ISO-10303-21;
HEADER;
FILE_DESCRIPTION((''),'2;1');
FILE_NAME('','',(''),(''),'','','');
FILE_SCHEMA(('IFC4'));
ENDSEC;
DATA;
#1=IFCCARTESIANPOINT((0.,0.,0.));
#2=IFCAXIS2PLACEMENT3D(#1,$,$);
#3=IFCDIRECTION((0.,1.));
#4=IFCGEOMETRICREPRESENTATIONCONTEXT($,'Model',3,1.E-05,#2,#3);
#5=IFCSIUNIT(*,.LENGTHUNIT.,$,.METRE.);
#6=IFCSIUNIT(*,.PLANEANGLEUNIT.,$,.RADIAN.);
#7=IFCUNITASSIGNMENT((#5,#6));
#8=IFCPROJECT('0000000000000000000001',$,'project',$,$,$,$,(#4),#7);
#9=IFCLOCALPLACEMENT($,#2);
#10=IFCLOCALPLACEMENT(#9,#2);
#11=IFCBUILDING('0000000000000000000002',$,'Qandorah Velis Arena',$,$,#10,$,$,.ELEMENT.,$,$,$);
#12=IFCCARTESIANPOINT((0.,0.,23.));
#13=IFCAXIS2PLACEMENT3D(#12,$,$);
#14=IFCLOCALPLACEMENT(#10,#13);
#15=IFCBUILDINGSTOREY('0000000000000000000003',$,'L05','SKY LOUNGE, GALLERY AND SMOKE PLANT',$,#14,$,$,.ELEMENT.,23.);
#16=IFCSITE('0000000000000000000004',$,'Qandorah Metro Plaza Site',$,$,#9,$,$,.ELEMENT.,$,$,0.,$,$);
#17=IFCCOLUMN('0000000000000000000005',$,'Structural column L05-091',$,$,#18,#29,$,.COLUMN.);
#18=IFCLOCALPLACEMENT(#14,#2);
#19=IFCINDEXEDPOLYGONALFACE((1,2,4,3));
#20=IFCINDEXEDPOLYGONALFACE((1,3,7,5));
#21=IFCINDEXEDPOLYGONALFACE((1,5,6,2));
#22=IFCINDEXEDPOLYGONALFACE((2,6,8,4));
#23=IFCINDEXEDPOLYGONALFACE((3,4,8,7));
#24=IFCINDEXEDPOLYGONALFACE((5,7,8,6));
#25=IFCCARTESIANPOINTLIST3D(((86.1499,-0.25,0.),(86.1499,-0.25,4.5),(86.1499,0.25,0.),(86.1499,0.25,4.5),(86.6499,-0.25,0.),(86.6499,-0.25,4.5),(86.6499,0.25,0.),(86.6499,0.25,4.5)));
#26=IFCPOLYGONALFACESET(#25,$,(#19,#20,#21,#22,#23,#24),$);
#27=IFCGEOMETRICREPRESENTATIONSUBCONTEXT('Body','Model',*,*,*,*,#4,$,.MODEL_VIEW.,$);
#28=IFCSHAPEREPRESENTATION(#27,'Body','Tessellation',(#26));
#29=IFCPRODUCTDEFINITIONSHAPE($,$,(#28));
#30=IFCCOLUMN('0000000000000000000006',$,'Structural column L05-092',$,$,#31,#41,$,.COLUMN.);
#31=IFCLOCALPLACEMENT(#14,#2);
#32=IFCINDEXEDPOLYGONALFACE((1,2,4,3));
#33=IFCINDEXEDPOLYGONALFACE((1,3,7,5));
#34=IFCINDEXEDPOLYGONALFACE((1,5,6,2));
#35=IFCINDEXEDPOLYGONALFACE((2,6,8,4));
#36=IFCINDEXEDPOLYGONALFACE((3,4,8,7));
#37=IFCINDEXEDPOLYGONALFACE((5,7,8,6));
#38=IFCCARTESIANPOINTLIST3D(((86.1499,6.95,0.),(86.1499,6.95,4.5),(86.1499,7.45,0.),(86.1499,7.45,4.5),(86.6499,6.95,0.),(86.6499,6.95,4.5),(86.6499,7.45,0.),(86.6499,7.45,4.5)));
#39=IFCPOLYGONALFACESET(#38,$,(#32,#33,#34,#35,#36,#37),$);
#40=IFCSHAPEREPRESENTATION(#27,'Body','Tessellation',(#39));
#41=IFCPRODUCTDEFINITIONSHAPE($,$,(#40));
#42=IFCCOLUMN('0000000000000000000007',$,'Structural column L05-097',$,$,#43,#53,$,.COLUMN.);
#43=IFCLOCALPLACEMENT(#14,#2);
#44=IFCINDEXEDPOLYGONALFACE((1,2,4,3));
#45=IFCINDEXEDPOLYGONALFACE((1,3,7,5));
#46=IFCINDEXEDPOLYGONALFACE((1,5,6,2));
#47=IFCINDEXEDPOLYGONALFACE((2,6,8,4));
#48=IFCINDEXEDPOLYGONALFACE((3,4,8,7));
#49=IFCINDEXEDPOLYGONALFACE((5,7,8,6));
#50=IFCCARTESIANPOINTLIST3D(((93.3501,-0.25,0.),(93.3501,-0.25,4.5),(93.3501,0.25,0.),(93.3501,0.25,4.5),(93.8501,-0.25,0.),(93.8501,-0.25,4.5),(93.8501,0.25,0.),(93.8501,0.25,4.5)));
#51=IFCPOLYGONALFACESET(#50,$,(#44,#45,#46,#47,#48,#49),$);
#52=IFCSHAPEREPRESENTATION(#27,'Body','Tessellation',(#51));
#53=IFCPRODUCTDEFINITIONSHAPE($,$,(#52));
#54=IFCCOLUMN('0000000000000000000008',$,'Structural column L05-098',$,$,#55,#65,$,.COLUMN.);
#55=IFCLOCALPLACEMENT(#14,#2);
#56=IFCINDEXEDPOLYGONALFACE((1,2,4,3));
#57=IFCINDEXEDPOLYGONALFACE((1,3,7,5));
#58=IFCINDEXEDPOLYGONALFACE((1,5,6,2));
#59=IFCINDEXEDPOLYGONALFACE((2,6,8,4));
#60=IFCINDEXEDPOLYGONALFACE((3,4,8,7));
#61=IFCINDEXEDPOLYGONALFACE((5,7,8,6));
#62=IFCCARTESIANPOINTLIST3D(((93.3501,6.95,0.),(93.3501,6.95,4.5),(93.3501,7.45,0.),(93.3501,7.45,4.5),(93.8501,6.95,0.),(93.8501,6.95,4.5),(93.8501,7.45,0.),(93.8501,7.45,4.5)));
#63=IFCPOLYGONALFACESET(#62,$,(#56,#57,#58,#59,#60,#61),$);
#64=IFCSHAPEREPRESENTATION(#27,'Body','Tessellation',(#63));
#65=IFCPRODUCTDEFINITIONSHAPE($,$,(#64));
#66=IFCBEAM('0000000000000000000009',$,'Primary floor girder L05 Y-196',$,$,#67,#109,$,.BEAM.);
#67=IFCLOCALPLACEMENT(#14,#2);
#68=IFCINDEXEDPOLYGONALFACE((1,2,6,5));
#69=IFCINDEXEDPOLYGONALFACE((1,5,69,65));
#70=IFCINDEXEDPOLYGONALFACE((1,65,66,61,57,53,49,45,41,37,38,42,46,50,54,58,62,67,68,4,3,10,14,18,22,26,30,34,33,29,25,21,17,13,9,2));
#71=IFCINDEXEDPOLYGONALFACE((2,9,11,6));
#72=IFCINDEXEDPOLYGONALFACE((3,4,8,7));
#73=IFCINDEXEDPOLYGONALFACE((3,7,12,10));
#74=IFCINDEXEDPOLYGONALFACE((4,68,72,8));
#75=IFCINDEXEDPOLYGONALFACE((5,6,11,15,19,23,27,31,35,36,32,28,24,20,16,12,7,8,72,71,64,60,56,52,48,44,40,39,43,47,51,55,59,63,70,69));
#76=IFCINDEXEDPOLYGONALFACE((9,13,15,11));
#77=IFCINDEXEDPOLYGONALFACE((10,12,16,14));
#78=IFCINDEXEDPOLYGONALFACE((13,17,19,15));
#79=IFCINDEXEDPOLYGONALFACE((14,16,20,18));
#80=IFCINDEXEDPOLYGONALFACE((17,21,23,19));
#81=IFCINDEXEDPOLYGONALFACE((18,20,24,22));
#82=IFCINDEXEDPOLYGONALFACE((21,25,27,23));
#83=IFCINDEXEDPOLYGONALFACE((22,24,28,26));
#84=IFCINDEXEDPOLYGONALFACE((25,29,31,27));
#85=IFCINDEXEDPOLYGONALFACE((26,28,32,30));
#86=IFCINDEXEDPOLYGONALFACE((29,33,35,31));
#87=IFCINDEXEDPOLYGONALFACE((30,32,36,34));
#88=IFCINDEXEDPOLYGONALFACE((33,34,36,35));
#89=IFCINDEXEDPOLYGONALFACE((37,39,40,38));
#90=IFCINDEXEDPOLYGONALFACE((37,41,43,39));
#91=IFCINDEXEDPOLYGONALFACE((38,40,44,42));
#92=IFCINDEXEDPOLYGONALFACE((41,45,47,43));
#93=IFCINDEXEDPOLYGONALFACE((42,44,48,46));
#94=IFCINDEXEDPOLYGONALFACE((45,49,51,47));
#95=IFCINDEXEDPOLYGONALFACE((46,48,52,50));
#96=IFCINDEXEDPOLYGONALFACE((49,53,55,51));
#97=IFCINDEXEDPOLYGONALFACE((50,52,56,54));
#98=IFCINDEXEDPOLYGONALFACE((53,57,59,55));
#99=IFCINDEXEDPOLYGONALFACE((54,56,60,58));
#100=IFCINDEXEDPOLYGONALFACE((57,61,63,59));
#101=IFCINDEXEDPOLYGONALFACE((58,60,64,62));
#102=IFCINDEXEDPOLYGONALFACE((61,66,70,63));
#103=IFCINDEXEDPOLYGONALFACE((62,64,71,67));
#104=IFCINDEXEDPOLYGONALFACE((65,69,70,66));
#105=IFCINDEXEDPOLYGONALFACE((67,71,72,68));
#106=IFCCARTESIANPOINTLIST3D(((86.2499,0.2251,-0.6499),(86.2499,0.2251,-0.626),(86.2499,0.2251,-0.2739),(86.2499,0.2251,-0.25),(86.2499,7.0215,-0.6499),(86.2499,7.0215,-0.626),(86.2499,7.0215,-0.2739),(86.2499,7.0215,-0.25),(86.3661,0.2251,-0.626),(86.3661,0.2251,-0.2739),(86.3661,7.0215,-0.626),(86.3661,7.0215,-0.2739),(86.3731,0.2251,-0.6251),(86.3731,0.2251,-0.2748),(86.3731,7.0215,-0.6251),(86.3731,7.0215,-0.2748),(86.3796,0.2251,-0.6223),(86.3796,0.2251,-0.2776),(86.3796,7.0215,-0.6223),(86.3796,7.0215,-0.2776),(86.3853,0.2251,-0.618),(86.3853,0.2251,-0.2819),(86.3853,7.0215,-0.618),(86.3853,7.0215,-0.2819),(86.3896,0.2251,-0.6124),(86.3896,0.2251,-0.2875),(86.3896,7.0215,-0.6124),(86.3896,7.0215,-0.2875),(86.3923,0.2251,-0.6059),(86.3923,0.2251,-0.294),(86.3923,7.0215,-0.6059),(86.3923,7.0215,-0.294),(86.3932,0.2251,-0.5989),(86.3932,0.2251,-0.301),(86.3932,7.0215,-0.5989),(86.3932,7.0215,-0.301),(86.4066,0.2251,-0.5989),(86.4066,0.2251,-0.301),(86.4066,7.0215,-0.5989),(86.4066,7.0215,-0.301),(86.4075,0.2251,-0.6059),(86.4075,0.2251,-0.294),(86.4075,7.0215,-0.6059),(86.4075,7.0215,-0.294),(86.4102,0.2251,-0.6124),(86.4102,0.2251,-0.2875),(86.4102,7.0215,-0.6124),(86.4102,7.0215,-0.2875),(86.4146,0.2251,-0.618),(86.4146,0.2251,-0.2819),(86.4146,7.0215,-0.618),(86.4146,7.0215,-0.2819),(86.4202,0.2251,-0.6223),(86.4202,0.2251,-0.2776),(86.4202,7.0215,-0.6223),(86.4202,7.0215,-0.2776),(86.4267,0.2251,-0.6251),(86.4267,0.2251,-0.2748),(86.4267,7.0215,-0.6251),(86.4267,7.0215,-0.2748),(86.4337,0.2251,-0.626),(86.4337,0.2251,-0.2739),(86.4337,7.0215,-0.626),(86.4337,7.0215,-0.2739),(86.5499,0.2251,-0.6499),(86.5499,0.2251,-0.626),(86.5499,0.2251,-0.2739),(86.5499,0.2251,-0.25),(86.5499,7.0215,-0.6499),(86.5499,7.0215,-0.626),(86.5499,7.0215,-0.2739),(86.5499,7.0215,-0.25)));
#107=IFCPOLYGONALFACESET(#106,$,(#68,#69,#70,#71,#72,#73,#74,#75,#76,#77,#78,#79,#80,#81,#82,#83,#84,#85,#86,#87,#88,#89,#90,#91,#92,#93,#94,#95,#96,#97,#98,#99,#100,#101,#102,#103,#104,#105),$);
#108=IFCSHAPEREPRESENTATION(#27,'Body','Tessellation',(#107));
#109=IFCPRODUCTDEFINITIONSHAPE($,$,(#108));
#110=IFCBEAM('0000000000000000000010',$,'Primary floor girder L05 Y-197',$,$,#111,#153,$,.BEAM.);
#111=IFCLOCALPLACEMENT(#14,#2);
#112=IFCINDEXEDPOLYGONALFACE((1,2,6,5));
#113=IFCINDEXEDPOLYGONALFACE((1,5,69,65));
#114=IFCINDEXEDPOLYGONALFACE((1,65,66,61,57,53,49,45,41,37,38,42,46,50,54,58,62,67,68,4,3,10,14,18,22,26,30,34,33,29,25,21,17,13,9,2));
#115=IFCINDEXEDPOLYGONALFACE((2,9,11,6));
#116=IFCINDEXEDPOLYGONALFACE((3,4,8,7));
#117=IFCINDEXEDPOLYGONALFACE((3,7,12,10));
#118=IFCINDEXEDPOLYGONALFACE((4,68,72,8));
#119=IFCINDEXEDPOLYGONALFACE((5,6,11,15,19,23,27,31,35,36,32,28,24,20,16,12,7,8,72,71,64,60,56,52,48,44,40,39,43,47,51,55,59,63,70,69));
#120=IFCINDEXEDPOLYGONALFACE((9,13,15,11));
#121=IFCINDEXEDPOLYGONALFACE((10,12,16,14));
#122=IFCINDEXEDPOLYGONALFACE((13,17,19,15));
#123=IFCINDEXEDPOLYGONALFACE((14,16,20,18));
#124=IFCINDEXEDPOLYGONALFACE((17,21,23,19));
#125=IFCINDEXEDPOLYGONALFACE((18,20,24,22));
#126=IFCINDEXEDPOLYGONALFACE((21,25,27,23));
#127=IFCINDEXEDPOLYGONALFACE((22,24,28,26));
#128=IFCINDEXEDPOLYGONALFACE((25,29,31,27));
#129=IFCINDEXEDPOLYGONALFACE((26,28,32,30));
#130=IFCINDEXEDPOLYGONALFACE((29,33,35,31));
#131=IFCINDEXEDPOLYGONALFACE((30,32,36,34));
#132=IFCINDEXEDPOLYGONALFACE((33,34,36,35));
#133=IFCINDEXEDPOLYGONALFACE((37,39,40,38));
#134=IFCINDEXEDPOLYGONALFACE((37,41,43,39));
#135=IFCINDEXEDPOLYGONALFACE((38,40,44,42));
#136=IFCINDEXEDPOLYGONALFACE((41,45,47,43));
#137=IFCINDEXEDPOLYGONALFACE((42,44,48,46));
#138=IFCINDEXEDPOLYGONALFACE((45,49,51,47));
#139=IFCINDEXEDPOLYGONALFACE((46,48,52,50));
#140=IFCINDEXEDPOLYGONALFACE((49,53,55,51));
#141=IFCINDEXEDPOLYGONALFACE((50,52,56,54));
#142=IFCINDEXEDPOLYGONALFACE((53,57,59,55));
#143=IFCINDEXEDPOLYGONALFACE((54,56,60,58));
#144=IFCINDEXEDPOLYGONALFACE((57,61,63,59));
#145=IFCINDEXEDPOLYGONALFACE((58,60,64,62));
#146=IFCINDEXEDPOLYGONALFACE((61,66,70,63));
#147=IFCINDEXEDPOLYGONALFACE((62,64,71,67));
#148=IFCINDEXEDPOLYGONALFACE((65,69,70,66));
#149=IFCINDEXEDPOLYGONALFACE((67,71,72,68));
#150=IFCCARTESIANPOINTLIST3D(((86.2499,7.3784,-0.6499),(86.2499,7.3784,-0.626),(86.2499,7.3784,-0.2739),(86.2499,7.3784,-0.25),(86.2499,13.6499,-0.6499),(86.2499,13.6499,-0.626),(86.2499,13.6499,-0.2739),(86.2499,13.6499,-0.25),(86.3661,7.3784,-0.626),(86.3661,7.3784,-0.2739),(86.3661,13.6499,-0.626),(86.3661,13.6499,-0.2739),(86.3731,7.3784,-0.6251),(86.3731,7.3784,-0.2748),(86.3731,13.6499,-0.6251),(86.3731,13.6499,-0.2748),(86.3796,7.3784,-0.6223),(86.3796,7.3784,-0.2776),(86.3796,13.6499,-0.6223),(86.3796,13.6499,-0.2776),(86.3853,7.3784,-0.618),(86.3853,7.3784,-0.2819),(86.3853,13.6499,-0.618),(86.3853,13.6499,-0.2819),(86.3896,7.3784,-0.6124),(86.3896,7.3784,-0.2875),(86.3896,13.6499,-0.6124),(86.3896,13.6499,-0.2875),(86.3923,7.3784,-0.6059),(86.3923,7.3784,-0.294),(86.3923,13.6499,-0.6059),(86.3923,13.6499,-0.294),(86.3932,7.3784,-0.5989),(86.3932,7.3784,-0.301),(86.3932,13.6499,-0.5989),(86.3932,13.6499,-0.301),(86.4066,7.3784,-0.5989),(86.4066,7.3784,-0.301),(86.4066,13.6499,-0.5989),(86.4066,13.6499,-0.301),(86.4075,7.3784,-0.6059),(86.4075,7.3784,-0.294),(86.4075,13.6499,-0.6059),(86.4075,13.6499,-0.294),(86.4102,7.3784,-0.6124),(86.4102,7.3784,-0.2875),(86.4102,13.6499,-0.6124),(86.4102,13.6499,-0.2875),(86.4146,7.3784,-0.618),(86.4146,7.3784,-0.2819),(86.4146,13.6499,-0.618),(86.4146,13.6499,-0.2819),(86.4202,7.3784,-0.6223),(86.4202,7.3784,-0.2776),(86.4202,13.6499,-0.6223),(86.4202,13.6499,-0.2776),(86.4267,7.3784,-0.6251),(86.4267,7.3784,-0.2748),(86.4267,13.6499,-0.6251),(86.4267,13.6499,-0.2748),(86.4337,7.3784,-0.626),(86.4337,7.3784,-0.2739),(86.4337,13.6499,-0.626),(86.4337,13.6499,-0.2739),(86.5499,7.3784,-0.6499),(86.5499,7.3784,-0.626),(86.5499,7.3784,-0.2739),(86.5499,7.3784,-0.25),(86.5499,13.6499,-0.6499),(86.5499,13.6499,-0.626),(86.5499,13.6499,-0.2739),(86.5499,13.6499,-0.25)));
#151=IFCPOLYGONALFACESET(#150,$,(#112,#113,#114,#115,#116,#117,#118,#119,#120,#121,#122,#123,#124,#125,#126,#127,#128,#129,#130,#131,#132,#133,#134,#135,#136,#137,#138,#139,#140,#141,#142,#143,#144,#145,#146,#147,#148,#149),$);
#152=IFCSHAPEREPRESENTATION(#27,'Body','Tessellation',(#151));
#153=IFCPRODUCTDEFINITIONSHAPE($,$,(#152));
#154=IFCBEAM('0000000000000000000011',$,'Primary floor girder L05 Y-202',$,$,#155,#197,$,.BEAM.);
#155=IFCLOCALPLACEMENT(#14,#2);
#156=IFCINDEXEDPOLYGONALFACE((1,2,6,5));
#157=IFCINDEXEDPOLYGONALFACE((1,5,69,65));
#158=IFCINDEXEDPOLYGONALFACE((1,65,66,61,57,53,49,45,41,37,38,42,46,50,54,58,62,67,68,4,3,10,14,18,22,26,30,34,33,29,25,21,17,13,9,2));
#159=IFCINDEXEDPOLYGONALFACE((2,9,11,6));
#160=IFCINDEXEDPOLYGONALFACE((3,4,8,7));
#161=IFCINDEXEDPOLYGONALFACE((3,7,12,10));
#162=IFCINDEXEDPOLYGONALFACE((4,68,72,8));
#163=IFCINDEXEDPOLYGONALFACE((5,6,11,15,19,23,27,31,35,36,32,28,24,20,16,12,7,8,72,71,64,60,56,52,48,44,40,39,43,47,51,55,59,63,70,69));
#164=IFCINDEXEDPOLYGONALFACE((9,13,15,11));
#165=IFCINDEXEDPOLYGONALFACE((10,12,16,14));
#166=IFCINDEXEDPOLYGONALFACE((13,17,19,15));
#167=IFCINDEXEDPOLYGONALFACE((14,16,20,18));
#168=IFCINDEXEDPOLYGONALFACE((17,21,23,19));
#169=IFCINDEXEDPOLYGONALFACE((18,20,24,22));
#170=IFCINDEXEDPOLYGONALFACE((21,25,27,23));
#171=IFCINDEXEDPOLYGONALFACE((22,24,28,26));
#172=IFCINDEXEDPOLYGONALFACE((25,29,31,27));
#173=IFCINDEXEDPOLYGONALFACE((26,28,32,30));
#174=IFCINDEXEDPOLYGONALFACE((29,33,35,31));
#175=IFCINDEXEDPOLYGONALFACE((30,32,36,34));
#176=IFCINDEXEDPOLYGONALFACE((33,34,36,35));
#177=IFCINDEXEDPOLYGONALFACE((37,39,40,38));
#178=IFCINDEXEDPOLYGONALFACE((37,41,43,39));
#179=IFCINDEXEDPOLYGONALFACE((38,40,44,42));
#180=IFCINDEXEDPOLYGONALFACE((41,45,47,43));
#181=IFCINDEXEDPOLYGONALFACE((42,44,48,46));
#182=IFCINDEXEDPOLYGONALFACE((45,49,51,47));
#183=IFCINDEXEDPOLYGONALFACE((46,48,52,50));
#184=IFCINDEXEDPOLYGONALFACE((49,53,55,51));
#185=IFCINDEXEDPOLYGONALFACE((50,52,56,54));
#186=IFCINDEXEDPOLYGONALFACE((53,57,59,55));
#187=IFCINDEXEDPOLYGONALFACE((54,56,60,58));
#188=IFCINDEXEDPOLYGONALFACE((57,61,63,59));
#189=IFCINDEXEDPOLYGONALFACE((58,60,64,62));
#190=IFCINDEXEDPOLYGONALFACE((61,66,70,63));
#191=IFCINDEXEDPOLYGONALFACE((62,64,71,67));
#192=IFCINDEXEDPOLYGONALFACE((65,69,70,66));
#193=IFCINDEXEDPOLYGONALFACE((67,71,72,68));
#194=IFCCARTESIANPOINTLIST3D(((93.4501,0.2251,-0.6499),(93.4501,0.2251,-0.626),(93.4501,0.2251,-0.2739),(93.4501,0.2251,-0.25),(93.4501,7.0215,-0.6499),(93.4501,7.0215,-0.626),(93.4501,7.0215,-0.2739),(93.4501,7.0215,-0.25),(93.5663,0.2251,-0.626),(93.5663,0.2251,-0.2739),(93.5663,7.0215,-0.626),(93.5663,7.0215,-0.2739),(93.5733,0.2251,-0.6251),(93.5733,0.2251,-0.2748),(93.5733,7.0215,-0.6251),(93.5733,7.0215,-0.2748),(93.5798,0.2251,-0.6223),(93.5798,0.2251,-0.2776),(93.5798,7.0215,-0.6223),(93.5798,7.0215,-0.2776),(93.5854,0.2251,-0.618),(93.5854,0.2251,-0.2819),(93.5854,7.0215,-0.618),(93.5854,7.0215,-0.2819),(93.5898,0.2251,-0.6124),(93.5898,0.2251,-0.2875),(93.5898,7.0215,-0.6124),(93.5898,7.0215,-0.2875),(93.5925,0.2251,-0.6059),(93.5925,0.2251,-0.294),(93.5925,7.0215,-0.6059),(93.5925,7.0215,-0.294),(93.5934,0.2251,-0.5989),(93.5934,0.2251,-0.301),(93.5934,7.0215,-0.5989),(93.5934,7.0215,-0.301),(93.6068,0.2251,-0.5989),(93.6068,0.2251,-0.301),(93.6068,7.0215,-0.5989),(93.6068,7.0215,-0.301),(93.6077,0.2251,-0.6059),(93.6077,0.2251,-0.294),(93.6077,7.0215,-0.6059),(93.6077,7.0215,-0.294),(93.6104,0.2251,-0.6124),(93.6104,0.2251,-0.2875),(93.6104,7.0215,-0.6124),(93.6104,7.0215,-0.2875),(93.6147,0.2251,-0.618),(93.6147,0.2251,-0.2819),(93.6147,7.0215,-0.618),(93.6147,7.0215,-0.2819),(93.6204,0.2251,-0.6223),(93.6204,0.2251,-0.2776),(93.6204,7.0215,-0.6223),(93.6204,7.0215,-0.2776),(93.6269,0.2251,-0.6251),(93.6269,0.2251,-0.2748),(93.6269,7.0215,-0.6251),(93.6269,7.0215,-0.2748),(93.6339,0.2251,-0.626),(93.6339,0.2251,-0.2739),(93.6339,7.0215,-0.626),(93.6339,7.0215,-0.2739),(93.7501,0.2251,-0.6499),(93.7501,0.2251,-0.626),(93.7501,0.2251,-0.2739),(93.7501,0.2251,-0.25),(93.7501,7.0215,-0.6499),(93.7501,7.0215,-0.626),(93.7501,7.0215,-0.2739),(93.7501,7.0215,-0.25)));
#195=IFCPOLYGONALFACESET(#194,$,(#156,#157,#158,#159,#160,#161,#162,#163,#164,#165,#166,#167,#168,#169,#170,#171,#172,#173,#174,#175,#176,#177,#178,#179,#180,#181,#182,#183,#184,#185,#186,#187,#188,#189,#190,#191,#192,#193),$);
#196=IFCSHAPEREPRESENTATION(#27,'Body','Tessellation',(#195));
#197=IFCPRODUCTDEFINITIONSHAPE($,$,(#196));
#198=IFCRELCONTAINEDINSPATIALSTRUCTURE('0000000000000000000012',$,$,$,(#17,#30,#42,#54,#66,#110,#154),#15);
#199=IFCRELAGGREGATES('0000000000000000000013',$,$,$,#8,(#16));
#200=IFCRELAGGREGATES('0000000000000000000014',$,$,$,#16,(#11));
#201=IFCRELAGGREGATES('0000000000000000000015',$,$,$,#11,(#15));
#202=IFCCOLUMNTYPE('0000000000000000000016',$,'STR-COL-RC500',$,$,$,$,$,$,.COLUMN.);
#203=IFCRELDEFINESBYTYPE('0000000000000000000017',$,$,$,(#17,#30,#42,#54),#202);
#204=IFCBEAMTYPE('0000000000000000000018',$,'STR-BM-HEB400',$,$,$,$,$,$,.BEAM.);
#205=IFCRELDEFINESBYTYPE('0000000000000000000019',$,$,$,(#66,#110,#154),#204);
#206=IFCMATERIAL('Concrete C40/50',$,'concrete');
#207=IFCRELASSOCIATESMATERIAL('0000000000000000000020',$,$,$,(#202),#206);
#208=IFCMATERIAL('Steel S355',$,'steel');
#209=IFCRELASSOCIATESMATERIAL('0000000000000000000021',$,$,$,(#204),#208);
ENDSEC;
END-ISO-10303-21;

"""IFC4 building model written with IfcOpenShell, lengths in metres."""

from ifc_helpers import new_model, si_unit, direction, frame, origin, origin_2d, place, context, subcontext, project, spatial, rectangle, i_section, extrude, material, material_profile, profile_set, type_object, element, save


model = new_model("IFC4")

# Units and contexts
model_context = context("Model", 3, precision=1e-05, world=origin(), true_north=direction((0.0, 1.0)))
body_context = subcontext(model_context, "Body", "Model", "MODEL_VIEW")
ifc_project = project(units=[si_unit("LENGTHUNIT", "METRE"), si_unit("PLANEANGLEUNIT", "RADIAN")], contexts=[model_context])

# Site, building, storey
site_placement = place(None, origin())
site = spatial("IfcSite", under=ifc_project, at=site_placement, Name="Qandorah Metro Plaza Site", CompositionType="ELEMENT", RefElevation=0.0)
building_placement = place(site_placement, origin())
building = spatial("IfcBuilding", under=site, at=building_placement, Name="Qandorah Velis Arena", CompositionType="ELEMENT")
storey_placement = place(building_placement, frame((0.0, 0.0, 23.0)))
storey = spatial("IfcBuildingStorey", under=building, at=storey_placement, Name="L05", Description="SKY LOUNGE, GALLERY AND SMOKE PLANT", CompositionType="ELEMENT", Elevation=23.0)

# Columns
ifc_material_1 = material(Name="Concrete C40/50", Category="concrete")
ifc_material_profile_1 = material_profile(ifc_material_1, rectangle(XDim=0.5, YDim=0.5, at=origin_2d()), Name="RC COL 500x500")
ifc_profile_set_1 = profile_set([ifc_material_profile_1], Name="Concrete C40/50")
column_type = type_object("IfcColumnType", Name="STR-COL-RC500", PredefinedType="COLUMN", material=ifc_profile_set_1)
for number, where, z_axis, x_axis, name in (
    (1, (86.3999, 0.0, 0.0), (0.0, 0.0, 1.0), (1.0, 0.0, 0.0), "Structural column L05-091"),
    (2, (86.3999, 7.2, 0.0), (0.0, 0.0, 1.0), (1.0, 0.0, 0.0), "Structural column L05-092"),
    (3, (93.6001, 0.0, 0.0), (0.0, 0.0, 1.0), (1.0, 0.0, 0.0), "Structural column L05-097"),
    (4, (93.6001, 7.2, 0.0), (0.0, 0.0, 1.0), (1.0, 0.0, 0.0), "Structural column L05-098"),
):
    element("IfcColumn", number, at=place(storey_placement, frame(where, z_axis=z_axis, x_axis=x_axis)), inside=storey, type_object=column_type, Name=name, PredefinedType="COLUMN", context=body_context, shape_type="SweptSolid", body=[
        extrude(rectangle(XDim=0.5, YDim=0.5, at=origin_2d()), origin(), (0.0, 0.0, 1.0), 4.5),
    ])

# Beams
ifc_material_2 = material(Name="Steel S355", Category="steel")
ifc_material_profile_2 = material_profile(ifc_material_2, i_section(OverallWidth=0.3, OverallDepth=0.3999, WebThickness=0.0134, FlangeThickness=0.0239, FilletRadius=0.0271, at=origin_2d()), Name="HEB 400")
ifc_profile_set_2 = profile_set([ifc_material_profile_2], Name="Steel S355")
beam_type_1 = type_object("IfcBeamType", Name="STR-BM-HEB400", PredefinedType="BEAM", material=ifc_profile_set_2)
beam_1_placement = place(storey_placement, frame((86.3999, 0.2251, -0.45), z_axis=(0.0, 1.0, 0.0), x_axis=(-1.0, 0.0, 0.0)))
element("IfcBeam", 5, at=beam_1_placement, inside=storey, type_object=beam_type_1, Name="Primary floor girder L05 Y-196", PredefinedType="BEAM", context=body_context, shape_type="SweptSolid", body=[
    extrude(i_section(OverallWidth=0.3, OverallDepth=0.3999, WebThickness=0.0134, FlangeThickness=0.0239, FilletRadius=0.0271, at=origin_2d()), origin(), (0.0, 0.0, 1.0), 6.7964),
])
beam_2_placement = place(storey_placement, frame((86.3999, 7.3784, -0.45), z_axis=(0.0, 1.0, 0.0), x_axis=(-1.0, 0.0, 0.0)))
element("IfcBeam", 6, at=beam_2_placement, inside=storey, type_object=beam_type_1, Name="Primary floor girder L05 Y-197", PredefinedType="BEAM", context=body_context, shape_type="SweptSolid", body=[
    extrude(i_section(OverallWidth=0.3, OverallDepth=0.3999, WebThickness=0.0134, FlangeThickness=0.0239, FilletRadius=0.0271, at=origin_2d()), origin(), (0.0, 0.0, 1.0), 6.2715),
])
beam_3_placement = place(storey_placement, frame((93.6001, 0.2251, -0.45), z_axis=(0.0, 1.0, 0.0), x_axis=(-1.0, 0.0, 0.0)))
element("IfcBeam", 7, at=beam_3_placement, inside=storey, type_object=beam_type_1, Name="Primary floor girder L05 Y-202", PredefinedType="BEAM", context=body_context, shape_type="SweptSolid", body=[
    extrude(i_section(OverallWidth=0.3, OverallDepth=0.3999, WebThickness=0.0134, FlangeThickness=0.0239, FilletRadius=0.0271, at=origin_2d()), origin(), (0.0, 0.0, 1.0), 6.7964),
])

save(model, "model.ifc")
